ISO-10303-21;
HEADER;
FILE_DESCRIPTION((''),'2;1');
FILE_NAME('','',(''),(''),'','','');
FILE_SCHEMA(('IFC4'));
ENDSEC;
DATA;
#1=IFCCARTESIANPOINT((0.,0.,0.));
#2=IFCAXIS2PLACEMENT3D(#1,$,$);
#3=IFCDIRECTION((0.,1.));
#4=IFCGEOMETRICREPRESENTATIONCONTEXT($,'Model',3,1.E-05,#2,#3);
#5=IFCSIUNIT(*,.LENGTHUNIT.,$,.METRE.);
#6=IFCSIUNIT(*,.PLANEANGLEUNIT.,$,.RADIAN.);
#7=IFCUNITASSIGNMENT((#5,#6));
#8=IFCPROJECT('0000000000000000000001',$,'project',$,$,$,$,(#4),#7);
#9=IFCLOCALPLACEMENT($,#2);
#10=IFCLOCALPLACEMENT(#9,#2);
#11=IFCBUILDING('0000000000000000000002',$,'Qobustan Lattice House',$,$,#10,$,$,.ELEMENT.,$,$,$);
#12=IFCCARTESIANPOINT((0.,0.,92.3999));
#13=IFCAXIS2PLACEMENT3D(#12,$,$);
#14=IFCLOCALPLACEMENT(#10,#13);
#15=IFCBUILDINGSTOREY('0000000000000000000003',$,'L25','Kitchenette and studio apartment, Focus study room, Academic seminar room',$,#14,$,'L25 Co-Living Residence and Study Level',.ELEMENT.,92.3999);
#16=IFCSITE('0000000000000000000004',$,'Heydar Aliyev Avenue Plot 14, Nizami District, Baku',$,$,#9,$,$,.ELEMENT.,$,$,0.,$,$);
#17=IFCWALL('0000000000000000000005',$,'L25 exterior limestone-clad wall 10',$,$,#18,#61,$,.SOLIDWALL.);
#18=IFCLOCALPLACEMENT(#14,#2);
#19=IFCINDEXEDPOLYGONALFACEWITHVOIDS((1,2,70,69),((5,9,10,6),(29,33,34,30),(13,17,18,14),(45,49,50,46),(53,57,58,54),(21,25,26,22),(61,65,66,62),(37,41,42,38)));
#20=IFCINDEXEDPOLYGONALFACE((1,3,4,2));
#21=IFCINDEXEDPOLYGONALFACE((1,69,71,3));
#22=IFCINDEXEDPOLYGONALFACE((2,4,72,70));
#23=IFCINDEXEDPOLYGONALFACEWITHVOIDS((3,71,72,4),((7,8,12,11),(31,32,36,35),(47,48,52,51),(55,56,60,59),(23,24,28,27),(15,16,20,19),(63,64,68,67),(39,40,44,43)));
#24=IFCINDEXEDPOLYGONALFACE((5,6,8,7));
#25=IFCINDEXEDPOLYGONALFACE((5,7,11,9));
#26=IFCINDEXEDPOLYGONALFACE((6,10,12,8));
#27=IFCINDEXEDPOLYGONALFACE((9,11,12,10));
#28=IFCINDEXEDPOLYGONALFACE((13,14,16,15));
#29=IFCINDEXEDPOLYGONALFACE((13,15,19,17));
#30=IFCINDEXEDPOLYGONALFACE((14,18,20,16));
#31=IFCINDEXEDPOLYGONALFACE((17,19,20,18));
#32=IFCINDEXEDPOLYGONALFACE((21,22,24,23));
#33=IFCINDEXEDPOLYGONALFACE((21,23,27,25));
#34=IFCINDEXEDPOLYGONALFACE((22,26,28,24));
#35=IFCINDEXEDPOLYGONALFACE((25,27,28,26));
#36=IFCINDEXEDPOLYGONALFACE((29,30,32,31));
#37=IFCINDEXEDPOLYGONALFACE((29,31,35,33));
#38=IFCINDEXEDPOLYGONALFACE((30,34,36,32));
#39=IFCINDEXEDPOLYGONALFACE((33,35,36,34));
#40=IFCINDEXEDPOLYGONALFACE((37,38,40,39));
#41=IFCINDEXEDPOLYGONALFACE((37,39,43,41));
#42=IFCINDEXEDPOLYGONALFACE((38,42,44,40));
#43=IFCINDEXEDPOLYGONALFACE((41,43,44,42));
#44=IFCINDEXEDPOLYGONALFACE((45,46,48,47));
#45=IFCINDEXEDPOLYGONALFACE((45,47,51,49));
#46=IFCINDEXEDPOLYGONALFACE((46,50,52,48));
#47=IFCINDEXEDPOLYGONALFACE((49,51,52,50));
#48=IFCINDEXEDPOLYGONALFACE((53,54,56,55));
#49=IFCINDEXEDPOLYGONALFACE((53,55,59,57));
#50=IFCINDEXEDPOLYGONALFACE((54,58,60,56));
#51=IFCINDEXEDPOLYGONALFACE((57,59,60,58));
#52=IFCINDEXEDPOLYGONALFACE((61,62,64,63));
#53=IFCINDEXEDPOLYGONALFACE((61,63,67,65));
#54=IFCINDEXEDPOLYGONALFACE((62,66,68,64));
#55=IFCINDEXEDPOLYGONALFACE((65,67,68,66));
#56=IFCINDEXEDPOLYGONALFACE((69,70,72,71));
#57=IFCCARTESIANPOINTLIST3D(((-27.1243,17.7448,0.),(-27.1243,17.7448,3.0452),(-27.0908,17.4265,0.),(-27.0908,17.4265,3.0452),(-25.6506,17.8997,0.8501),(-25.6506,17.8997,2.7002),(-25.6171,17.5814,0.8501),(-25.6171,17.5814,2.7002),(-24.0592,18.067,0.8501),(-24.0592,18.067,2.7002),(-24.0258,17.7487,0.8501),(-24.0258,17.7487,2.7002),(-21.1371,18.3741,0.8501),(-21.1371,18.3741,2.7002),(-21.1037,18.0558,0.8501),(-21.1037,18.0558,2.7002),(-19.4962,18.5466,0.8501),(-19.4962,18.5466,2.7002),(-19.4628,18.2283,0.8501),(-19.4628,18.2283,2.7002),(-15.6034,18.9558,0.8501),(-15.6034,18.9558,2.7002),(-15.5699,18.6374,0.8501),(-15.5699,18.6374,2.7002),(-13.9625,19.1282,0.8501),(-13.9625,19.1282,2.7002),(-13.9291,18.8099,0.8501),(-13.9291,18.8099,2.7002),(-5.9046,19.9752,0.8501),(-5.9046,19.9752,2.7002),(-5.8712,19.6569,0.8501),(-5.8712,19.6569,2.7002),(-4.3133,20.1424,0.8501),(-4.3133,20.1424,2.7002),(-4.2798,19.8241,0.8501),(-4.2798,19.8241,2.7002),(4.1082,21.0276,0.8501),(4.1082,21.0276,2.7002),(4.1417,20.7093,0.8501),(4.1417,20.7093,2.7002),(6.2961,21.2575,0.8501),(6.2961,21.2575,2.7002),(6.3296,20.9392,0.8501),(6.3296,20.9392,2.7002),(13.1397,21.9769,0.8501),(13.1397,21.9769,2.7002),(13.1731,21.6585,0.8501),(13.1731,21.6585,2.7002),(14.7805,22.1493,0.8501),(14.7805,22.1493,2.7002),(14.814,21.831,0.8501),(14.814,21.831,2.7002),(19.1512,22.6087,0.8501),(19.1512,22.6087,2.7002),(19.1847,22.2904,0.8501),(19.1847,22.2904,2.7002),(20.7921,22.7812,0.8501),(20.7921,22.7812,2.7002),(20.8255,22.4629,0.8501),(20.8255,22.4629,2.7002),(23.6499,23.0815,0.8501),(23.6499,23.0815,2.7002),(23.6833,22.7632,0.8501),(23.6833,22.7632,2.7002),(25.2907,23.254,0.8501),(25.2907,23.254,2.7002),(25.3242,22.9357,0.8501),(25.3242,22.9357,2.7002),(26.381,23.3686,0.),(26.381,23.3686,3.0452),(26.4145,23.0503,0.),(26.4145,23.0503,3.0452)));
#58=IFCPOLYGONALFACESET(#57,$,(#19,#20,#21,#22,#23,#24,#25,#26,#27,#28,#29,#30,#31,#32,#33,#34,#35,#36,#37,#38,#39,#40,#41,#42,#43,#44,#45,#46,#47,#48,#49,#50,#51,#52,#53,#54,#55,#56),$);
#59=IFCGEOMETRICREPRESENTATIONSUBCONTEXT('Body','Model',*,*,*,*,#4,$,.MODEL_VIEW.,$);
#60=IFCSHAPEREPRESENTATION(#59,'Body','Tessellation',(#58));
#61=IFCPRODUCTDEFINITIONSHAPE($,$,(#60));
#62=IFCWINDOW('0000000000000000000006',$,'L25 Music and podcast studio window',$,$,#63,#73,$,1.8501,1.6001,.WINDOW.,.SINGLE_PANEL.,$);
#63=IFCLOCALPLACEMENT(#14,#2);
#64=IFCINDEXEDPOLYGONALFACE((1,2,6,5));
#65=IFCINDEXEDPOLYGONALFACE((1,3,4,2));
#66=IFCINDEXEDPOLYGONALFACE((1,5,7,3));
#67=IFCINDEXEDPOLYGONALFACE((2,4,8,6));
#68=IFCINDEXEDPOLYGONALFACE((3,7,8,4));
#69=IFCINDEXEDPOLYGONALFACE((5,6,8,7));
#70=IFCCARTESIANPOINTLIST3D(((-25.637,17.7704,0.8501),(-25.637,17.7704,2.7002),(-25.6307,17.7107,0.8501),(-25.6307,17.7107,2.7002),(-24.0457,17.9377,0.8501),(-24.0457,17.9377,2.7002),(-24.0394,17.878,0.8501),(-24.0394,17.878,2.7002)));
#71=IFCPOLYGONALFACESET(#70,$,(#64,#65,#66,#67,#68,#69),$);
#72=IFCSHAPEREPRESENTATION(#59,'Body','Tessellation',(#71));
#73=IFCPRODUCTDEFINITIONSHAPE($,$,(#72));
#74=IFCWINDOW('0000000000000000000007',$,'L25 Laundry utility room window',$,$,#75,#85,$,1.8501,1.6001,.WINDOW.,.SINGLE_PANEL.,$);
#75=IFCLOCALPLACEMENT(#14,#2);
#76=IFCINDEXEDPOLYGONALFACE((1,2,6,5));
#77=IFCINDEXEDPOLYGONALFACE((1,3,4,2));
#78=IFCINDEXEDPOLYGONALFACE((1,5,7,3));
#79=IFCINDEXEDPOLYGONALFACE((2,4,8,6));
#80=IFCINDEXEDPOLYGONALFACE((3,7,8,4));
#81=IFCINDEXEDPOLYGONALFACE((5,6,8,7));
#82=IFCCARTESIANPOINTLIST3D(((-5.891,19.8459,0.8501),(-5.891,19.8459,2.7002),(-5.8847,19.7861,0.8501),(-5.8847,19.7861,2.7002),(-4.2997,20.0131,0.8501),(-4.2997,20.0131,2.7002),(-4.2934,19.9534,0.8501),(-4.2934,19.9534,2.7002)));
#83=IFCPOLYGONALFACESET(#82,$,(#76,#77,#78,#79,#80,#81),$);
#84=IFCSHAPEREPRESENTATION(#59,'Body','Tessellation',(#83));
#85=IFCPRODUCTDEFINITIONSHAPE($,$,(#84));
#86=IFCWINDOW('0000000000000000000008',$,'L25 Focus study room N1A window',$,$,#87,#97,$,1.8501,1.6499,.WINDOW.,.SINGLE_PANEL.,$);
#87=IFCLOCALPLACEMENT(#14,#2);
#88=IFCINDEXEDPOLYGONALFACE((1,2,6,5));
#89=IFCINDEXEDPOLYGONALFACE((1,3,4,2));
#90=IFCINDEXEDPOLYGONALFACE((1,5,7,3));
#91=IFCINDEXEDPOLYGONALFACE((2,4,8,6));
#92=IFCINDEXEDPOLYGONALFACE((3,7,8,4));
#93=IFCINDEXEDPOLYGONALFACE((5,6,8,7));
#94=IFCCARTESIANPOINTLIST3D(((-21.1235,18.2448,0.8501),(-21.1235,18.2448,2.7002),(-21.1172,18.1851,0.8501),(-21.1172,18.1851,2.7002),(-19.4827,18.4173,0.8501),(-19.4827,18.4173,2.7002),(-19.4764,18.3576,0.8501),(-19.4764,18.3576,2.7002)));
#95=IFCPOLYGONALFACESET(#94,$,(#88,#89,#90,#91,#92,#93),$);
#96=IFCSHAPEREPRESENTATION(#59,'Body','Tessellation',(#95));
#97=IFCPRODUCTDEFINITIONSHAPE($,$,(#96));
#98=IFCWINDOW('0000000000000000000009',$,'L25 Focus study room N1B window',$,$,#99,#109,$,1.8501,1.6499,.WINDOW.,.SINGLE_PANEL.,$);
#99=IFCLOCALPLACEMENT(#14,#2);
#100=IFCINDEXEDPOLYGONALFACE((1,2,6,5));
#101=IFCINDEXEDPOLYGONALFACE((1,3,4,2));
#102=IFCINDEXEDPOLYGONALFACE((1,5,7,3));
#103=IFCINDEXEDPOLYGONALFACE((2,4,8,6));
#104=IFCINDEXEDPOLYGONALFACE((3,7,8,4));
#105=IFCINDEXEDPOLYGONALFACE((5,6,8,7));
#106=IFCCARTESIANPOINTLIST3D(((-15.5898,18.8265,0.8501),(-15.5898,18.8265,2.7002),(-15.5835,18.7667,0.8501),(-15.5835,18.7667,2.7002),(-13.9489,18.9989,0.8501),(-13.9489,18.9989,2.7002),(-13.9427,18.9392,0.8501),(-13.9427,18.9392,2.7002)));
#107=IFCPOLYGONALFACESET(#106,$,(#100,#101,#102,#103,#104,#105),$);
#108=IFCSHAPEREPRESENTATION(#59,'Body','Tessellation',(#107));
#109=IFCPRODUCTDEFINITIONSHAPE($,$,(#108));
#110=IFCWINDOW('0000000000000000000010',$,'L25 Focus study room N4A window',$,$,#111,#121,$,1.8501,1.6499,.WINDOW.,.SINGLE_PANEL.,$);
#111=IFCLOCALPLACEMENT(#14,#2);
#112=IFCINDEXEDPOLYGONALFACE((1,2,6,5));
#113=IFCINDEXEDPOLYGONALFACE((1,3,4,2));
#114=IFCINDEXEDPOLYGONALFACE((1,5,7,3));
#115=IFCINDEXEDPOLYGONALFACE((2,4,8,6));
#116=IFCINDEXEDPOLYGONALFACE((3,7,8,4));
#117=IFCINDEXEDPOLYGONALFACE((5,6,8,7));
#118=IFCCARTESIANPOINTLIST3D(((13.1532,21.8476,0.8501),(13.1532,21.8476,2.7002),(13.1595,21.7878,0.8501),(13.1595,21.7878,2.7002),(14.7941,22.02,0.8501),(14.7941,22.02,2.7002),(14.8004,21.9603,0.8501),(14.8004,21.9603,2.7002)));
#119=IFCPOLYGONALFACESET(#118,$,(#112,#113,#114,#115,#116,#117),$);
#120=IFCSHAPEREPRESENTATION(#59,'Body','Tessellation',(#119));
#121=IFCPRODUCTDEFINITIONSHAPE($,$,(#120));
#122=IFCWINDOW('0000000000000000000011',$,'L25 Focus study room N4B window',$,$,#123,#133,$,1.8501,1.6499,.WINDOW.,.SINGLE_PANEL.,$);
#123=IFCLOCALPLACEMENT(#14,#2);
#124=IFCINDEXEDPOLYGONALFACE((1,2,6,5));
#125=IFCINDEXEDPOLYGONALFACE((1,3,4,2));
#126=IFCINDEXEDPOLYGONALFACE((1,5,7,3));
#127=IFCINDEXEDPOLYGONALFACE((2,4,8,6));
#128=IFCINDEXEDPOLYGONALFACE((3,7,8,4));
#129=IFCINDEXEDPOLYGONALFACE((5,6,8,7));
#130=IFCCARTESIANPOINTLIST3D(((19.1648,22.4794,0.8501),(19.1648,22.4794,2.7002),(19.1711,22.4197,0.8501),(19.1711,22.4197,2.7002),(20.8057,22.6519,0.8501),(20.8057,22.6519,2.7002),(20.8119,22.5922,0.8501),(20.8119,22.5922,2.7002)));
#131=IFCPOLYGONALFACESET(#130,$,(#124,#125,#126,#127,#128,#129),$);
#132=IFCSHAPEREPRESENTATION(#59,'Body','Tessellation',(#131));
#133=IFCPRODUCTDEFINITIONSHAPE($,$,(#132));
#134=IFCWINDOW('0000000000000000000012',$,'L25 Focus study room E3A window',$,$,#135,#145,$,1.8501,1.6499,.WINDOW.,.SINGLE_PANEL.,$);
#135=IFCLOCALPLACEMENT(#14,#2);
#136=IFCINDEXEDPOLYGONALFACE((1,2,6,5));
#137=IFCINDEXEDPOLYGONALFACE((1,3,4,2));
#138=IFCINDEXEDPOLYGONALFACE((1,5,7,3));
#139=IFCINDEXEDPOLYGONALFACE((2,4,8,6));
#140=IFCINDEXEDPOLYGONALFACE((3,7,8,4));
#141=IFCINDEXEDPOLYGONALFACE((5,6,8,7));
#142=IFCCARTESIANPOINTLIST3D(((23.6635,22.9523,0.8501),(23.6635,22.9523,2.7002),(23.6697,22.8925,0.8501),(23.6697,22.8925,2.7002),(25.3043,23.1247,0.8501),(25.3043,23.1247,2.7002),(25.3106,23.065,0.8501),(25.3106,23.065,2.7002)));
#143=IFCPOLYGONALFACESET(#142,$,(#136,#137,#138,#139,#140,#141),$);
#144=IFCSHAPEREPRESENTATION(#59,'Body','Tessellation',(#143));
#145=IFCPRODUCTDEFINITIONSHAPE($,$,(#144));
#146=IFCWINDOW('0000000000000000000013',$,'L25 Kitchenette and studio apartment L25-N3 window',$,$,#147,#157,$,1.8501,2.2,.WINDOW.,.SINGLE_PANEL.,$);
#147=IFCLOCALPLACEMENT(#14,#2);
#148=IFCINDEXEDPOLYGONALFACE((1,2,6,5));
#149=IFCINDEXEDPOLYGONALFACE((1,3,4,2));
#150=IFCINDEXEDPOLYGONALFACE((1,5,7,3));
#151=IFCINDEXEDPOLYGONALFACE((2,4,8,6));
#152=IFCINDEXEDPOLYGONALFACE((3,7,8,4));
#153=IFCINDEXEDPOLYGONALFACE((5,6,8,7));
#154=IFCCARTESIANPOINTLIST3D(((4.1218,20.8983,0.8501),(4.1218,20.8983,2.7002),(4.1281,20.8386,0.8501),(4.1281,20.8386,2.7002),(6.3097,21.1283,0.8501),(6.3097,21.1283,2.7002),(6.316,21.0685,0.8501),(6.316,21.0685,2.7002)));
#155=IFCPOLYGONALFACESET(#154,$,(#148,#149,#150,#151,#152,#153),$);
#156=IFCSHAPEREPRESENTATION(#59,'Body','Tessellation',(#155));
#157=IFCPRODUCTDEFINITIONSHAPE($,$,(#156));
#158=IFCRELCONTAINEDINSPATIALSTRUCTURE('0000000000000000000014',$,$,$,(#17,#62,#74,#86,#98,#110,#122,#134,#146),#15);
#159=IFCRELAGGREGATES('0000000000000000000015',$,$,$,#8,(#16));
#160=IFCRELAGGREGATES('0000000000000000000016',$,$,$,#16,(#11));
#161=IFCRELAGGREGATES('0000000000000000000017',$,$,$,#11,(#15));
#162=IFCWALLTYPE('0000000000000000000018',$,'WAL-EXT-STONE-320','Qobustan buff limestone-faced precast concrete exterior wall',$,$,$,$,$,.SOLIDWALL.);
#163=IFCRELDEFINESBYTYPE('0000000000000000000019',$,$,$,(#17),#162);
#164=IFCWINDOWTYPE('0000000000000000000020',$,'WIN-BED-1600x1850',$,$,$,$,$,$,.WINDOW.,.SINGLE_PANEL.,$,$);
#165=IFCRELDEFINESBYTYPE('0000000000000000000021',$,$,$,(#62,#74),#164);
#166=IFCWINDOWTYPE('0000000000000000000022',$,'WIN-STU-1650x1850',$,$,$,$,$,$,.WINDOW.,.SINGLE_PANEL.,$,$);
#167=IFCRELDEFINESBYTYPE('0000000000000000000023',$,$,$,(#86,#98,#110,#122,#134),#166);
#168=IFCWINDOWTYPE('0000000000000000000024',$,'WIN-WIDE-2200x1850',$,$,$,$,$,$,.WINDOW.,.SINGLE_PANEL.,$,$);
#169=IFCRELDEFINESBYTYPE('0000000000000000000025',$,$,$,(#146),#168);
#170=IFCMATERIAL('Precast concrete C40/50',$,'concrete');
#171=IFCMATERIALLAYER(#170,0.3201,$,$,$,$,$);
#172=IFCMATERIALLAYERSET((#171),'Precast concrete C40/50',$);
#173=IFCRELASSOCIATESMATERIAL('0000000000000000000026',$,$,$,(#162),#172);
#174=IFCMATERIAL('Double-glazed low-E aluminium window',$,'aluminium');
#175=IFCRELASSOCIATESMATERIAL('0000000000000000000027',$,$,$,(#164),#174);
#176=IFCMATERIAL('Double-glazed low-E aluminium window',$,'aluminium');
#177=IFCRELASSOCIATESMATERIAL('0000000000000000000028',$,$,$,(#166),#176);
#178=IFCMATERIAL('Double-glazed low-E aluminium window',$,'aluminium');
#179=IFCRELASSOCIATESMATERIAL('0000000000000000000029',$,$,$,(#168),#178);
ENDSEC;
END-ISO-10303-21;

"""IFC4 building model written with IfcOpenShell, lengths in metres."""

from ifc_helpers import new_model, si_unit, direction, frame, frame_2d, origin, place, context, subcontext, project, spatial, rectangle, extrude, material, layer, layer_set, type_object, element, fill, save


model = new_model("IFC4")

# Units and contexts
model_context = context("Model", 3, precision=1e-05, world=origin(), true_north=direction((0.0, 1.0)))
body_context = subcontext(model_context, "Body", "Model", "MODEL_VIEW")
ifc_project = project(units=[si_unit("LENGTHUNIT", "METRE"), si_unit("PLANEANGLEUNIT", "RADIAN")], contexts=[model_context])

# Site, building, storey
site_placement = place(None, origin())
site = spatial("IfcSite", under=ifc_project, at=site_placement, Name="Heydar Aliyev Avenue Plot 14, Nizami District, Baku", CompositionType="ELEMENT", RefElevation=0.0)
building_placement = place(site_placement, origin())
building = spatial("IfcBuilding", under=site, at=building_placement, Name="Qobustan Lattice House", CompositionType="ELEMENT")
storey_placement = place(building_placement, frame((0.0, 0.0, 92.3999)))
storey = spatial("IfcBuildingStorey", under=building, at=storey_placement, Name="L25", Description="Kitchenette and studio apartment, Focus study room, Academic seminar room", LongName="L25 Co-Living Residence and Study Level", CompositionType="ELEMENT", Elevation=92.3999)

# Shared definitions
ifc_material_1 = material(Name="Precast concrete C40/50", Category="concrete")
ifc_layer_1 = layer(ifc_material_1, 0.3201)
ifc_layer_set_1 = layer_set([ifc_layer_1], Name="Precast concrete C40/50")
wall_type_1 = type_object("IfcWallType", Name="WAL-EXT-STONE-320", Description="Qobustan buff limestone-faced precast concrete exterior wall", PredefinedType="SOLIDWALL", material=ifc_layer_set_1)

# Wall, openings, windows
wall_1_placement = place(storey_placement, frame((-27.1074, 17.5857, 0.0), z_axis=(0.0, 0.0, 1.0), x_axis=(0.994522, 0.104531, 0.0)))
wall_1 = element("IfcWall", 1, at=wall_1_placement, inside=storey, type_object=wall_type_1, Name="L25 exterior limestone-clad wall 10", PredefinedType="SOLIDWALL", context=body_context, shape_type="SweptSolid", body=[
    extrude(rectangle(XDim=53.8, YDim=0.3201, at=frame_2d((26.8999, 0.0))), origin(), (0.0, 0.0, 1.0), 3.0452),
])
opening_1_placement = place(wall_1_placement, frame((1.4817, 0.0, 0.8501)))
opening_1 = element("IfcOpeningElement", 2, at=opening_1_placement, cuts=wall_1, PredefinedType="OPENING", context=body_context, shape_type="SweptSolid", body=[
    extrude(rectangle(XDim=1.6001, YDim=1.8501, at=frame_2d((0.8, 0.925))), frame((0.0, 0.1699, 0.0), z_axis=(0.0, -1.0, 0.0), x_axis=(1.0, 0.0, 0.0)), (0.0, 0.0, 1.0), 0.3401),
])
opening_2_placement = place(wall_1_placement, frame((6.02, 0.0, 0.8501)))
opening_2 = element("IfcOpeningElement", 3, at=opening_2_placement, cuts=wall_1, PredefinedType="OPENING", context=body_context, shape_type="SweptSolid", body=[
    extrude(rectangle(XDim=1.6499, YDim=1.8501, at=frame_2d((0.825, 0.925))), frame((0.0, 0.1699, 0.0), z_axis=(0.0, -1.0, 0.0), x_axis=(1.0, 0.0, 0.0)), (0.0, 0.0, 1.0), 0.3401),
])
opening_3_placement = place(wall_1_placement, frame((11.5842, 0.0, 0.8501)))
opening_3 = element("IfcOpeningElement", 4, at=opening_3_placement, cuts=wall_1, PredefinedType="OPENING", context=body_context, shape_type="SweptSolid", body=[
    extrude(rectangle(XDim=1.6499, YDim=1.8501, at=frame_2d((0.825, 0.925))), frame((0.0, 0.1699, 0.0), z_axis=(0.0, -1.0, 0.0), x_axis=(1.0, 0.0, 0.0)), (0.0, 0.0, 1.0), 0.3401),
])
opening_4_placement = place(wall_1_placement, frame((21.3364, 0.0, 0.8501)))
opening_4 = element("IfcOpeningElement", 5, at=opening_4_placement, cuts=wall_1, PredefinedType="OPENING", context=body_context, shape_type="SweptSolid", body=[
    extrude(rectangle(XDim=1.6001, YDim=1.8501, at=frame_2d((0.8, 0.925))), frame((0.0, 0.1699, 0.0), z_axis=(0.0, -1.0, 0.0), x_axis=(1.0, 0.0, 0.0)), (0.0, 0.0, 1.0), 0.3401),
])
opening_5_placement = place(wall_1_placement, frame((31.4043, 0.0, 0.8501)))
opening_5 = element("IfcOpeningElement", 6, at=opening_5_placement, cuts=wall_1, PredefinedType="OPENING", context=body_context, shape_type="SweptSolid", body=[
    extrude(rectangle(XDim=2.2, YDim=1.8501, at=frame_2d((1.1001, 0.925))), frame((0.0, 0.1699, 0.0), z_axis=(0.0, -1.0, 0.0), x_axis=(1.0, 0.0, 0.0)), (0.0, 0.0, 1.0), 0.3401),
])
opening_6_placement = place(wall_1_placement, frame((40.4856, 0.0, 0.8501)))
opening_6 = element("IfcOpeningElement", 7, at=opening_6_placement, cuts=wall_1, PredefinedType="OPENING", context=body_context, shape_type="SweptSolid", body=[
    extrude(rectangle(XDim=1.6499, YDim=1.8501, at=frame_2d((0.825, 0.925))), frame((0.0, 0.1699, 0.0), z_axis=(0.0, -1.0, 0.0), x_axis=(1.0, 0.0, 0.0)), (0.0, 0.0, 1.0), 0.3401),
])
opening_7_placement = place(wall_1_placement, frame((46.5303, 0.0, 0.8501)))
opening_7 = element("IfcOpeningElement", 8, at=opening_7_placement, cuts=wall_1, PredefinedType="OPENING", context=body_context, shape_type="SweptSolid", body=[
    extrude(rectangle(XDim=1.6499, YDim=1.8501, at=frame_2d((0.825, 0.925))), frame((0.0, 0.1699, 0.0), z_axis=(0.0, -1.0, 0.0), x_axis=(1.0, 0.0, 0.0)), (0.0, 0.0, 1.0), 0.3401),
])
opening_8_placement = place(wall_1_placement, frame((51.0537, 0.0, 0.8501)))
opening_8 = element("IfcOpeningElement", 9, at=opening_8_placement, cuts=wall_1, PredefinedType="OPENING", context=body_context, shape_type="SweptSolid", body=[
    extrude(rectangle(XDim=1.6499, YDim=1.8501, at=frame_2d((0.825, 0.925))), frame((0.0, 0.1699, 0.0), z_axis=(0.0, -1.0, 0.0), x_axis=(1.0, 0.0, 0.0)), (0.0, 0.0, 1.0), 0.3401),
])
ifc_material_2 = material(Name="Double-glazed low-E aluminium window", Category="aluminium")
window_type_1 = type_object("IfcWindowType", Name="WIN-BED-1600x1850", PartitioningType="SINGLE_PANEL", PredefinedType="WINDOW", material=ifc_material_2)
window_1_placement = place(opening_1_placement, origin())
window_1 = element("IfcWindow", 10, at=window_1_placement, inside=storey, type_object=window_type_1, Name="L25 Music and podcast studio window", OverallHeight=1.8501, OverallWidth=1.6001, PartitioningType="SINGLE_PANEL", PredefinedType="WINDOW", context=body_context, shape_type="SweptSolid", body=[
    extrude(rectangle(XDim=1.6001, YDim=1.8501, at=frame_2d((0.8, 0.925))), frame((0.0, 0.03, 0.0), z_axis=(0.0, -1.0, 0.0), x_axis=(1.0, 0.0, 0.0)), (0.0, 0.0, 1.0), 0.0601),
])
fill(opening_1, window_1)
window_2_placement = place(opening_4_placement, origin())
window_2 = element("IfcWindow", 11, at=window_2_placement, inside=storey, type_object=window_type_1, Name="L25 Laundry utility room window", OverallHeight=1.8501, OverallWidth=1.6001, PartitioningType="SINGLE_PANEL", PredefinedType="WINDOW", context=body_context, shape_type="SweptSolid", body=[
    extrude(rectangle(XDim=1.6001, YDim=1.8501, at=frame_2d((0.8, 0.925))), frame((0.0, 0.03, 0.0), z_axis=(0.0, -1.0, 0.0), x_axis=(1.0, 0.0, 0.0)), (0.0, 0.0, 1.0), 0.0601),
])
fill(opening_4, window_2)
ifc_material_3 = material(Name="Double-glazed low-E aluminium window", Category="aluminium")
window_type_2 = type_object("IfcWindowType", Name="WIN-STU-1650x1850", PartitioningType="SINGLE_PANEL", PredefinedType="WINDOW", material=ifc_material_3)
window_3_placement = place(opening_2_placement, origin())
window_3 = element("IfcWindow", 12, at=window_3_placement, inside=storey, type_object=window_type_2, Name="L25 Focus study room N1A window", OverallHeight=1.8501, OverallWidth=1.6499, PartitioningType="SINGLE_PANEL", PredefinedType="WINDOW", context=body_context, shape_type="SweptSolid", body=[
    extrude(rectangle(XDim=1.6499, YDim=1.8501, at=frame_2d((0.825, 0.925))), frame((0.0, 0.03, 0.0), z_axis=(0.0, -1.0, 0.0), x_axis=(1.0, 0.0, 0.0)), (0.0, 0.0, 1.0), 0.0601),
])
fill(opening_2, window_3)
window_4_placement = place(opening_3_placement, origin())
window_4 = element("IfcWindow", 13, at=window_4_placement, inside=storey, type_object=window_type_2, Name="L25 Focus study room N1B window", OverallHeight=1.8501, OverallWidth=1.6499, PartitioningType="SINGLE_PANEL", PredefinedType="WINDOW", context=body_context, shape_type="SweptSolid", body=[
    extrude(rectangle(XDim=1.6499, YDim=1.8501, at=frame_2d((0.825, 0.925))), frame((0.0, 0.03, 0.0), z_axis=(0.0, -1.0, 0.0), x_axis=(1.0, 0.0, 0.0)), (0.0, 0.0, 1.0), 0.0601),
])
fill(opening_3, window_4)
window_5_placement = place(opening_6_placement, origin())
window_5 = element("IfcWindow", 14, at=window_5_placement, inside=storey, type_object=window_type_2, Name="L25 Focus study room N4A window", OverallHeight=1.8501, OverallWidth=1.6499, PartitioningType="SINGLE_PANEL", PredefinedType="WINDOW", context=body_context, shape_type="SweptSolid", body=[
    extrude(rectangle(XDim=1.6499, YDim=1.8501, at=frame_2d((0.825, 0.925))), frame((0.0, 0.03, 0.0), z_axis=(0.0, -1.0, 0.0), x_axis=(1.0, 0.0, 0.0)), (0.0, 0.0, 1.0), 0.0601),
])
fill(opening_6, window_5)
window_6_placement = place(opening_7_placement, origin())
window_6 = element("IfcWindow", 15, at=window_6_placement, inside=storey, type_object=window_type_2, Name="L25 Focus study room N4B window", OverallHeight=1.8501, OverallWidth=1.6499, PartitioningType="SINGLE_PANEL", PredefinedType="WINDOW", context=body_context, shape_type="SweptSolid", body=[
    extrude(rectangle(XDim=1.6499, YDim=1.8501, at=frame_2d((0.825, 0.925))), frame((0.0, 0.03, 0.0), z_axis=(0.0, -1.0, 0.0), x_axis=(1.0, 0.0, 0.0)), (0.0, 0.0, 1.0), 0.0601),
])
fill(opening_7, window_6)
window_7_placement = place(opening_8_placement, origin())
window_7 = element("IfcWindow", 16, at=window_7_placement, inside=storey, type_object=window_type_2, Name="L25 Focus study room E3A window", OverallHeight=1.8501, OverallWidth=1.6499, PartitioningType="SINGLE_PANEL", PredefinedType="WINDOW", context=body_context, shape_type="SweptSolid", body=[
    extrude(rectangle(XDim=1.6499, YDim=1.8501, at=frame_2d((0.825, 0.925))), frame((0.0, 0.03, 0.0), z_axis=(0.0, -1.0, 0.0), x_axis=(1.0, 0.0, 0.0)), (0.0, 0.0, 1.0), 0.0601),
])
fill(opening_8, window_7)
ifc_material_4 = material(Name="Double-glazed low-E aluminium window", Category="aluminium")
window_type_3 = type_object("IfcWindowType", Name="WIN-WIDE-2200x1850", PartitioningType="SINGLE_PANEL", PredefinedType="WINDOW", material=ifc_material_4)
window_8_placement = place(opening_5_placement, origin())
window_8 = element("IfcWindow", 17, at=window_8_placement, inside=storey, type_object=window_type_3, Name="L25 Kitchenette and studio apartment L25-N3 window", OverallHeight=1.8501, OverallWidth=2.2, PartitioningType="SINGLE_PANEL", PredefinedType="WINDOW", context=body_context, shape_type="SweptSolid", body=[
    extrude(rectangle(XDim=2.2, YDim=1.8501, at=frame_2d((1.1001, 0.925))), frame((0.0, 0.03, 0.0), z_axis=(0.0, -1.0, 0.0), x_axis=(1.0, 0.0, 0.0)), (0.0, 0.0, 1.0), 0.0601),
])
fill(opening_5, window_8)

save(model, "model.ifc")
